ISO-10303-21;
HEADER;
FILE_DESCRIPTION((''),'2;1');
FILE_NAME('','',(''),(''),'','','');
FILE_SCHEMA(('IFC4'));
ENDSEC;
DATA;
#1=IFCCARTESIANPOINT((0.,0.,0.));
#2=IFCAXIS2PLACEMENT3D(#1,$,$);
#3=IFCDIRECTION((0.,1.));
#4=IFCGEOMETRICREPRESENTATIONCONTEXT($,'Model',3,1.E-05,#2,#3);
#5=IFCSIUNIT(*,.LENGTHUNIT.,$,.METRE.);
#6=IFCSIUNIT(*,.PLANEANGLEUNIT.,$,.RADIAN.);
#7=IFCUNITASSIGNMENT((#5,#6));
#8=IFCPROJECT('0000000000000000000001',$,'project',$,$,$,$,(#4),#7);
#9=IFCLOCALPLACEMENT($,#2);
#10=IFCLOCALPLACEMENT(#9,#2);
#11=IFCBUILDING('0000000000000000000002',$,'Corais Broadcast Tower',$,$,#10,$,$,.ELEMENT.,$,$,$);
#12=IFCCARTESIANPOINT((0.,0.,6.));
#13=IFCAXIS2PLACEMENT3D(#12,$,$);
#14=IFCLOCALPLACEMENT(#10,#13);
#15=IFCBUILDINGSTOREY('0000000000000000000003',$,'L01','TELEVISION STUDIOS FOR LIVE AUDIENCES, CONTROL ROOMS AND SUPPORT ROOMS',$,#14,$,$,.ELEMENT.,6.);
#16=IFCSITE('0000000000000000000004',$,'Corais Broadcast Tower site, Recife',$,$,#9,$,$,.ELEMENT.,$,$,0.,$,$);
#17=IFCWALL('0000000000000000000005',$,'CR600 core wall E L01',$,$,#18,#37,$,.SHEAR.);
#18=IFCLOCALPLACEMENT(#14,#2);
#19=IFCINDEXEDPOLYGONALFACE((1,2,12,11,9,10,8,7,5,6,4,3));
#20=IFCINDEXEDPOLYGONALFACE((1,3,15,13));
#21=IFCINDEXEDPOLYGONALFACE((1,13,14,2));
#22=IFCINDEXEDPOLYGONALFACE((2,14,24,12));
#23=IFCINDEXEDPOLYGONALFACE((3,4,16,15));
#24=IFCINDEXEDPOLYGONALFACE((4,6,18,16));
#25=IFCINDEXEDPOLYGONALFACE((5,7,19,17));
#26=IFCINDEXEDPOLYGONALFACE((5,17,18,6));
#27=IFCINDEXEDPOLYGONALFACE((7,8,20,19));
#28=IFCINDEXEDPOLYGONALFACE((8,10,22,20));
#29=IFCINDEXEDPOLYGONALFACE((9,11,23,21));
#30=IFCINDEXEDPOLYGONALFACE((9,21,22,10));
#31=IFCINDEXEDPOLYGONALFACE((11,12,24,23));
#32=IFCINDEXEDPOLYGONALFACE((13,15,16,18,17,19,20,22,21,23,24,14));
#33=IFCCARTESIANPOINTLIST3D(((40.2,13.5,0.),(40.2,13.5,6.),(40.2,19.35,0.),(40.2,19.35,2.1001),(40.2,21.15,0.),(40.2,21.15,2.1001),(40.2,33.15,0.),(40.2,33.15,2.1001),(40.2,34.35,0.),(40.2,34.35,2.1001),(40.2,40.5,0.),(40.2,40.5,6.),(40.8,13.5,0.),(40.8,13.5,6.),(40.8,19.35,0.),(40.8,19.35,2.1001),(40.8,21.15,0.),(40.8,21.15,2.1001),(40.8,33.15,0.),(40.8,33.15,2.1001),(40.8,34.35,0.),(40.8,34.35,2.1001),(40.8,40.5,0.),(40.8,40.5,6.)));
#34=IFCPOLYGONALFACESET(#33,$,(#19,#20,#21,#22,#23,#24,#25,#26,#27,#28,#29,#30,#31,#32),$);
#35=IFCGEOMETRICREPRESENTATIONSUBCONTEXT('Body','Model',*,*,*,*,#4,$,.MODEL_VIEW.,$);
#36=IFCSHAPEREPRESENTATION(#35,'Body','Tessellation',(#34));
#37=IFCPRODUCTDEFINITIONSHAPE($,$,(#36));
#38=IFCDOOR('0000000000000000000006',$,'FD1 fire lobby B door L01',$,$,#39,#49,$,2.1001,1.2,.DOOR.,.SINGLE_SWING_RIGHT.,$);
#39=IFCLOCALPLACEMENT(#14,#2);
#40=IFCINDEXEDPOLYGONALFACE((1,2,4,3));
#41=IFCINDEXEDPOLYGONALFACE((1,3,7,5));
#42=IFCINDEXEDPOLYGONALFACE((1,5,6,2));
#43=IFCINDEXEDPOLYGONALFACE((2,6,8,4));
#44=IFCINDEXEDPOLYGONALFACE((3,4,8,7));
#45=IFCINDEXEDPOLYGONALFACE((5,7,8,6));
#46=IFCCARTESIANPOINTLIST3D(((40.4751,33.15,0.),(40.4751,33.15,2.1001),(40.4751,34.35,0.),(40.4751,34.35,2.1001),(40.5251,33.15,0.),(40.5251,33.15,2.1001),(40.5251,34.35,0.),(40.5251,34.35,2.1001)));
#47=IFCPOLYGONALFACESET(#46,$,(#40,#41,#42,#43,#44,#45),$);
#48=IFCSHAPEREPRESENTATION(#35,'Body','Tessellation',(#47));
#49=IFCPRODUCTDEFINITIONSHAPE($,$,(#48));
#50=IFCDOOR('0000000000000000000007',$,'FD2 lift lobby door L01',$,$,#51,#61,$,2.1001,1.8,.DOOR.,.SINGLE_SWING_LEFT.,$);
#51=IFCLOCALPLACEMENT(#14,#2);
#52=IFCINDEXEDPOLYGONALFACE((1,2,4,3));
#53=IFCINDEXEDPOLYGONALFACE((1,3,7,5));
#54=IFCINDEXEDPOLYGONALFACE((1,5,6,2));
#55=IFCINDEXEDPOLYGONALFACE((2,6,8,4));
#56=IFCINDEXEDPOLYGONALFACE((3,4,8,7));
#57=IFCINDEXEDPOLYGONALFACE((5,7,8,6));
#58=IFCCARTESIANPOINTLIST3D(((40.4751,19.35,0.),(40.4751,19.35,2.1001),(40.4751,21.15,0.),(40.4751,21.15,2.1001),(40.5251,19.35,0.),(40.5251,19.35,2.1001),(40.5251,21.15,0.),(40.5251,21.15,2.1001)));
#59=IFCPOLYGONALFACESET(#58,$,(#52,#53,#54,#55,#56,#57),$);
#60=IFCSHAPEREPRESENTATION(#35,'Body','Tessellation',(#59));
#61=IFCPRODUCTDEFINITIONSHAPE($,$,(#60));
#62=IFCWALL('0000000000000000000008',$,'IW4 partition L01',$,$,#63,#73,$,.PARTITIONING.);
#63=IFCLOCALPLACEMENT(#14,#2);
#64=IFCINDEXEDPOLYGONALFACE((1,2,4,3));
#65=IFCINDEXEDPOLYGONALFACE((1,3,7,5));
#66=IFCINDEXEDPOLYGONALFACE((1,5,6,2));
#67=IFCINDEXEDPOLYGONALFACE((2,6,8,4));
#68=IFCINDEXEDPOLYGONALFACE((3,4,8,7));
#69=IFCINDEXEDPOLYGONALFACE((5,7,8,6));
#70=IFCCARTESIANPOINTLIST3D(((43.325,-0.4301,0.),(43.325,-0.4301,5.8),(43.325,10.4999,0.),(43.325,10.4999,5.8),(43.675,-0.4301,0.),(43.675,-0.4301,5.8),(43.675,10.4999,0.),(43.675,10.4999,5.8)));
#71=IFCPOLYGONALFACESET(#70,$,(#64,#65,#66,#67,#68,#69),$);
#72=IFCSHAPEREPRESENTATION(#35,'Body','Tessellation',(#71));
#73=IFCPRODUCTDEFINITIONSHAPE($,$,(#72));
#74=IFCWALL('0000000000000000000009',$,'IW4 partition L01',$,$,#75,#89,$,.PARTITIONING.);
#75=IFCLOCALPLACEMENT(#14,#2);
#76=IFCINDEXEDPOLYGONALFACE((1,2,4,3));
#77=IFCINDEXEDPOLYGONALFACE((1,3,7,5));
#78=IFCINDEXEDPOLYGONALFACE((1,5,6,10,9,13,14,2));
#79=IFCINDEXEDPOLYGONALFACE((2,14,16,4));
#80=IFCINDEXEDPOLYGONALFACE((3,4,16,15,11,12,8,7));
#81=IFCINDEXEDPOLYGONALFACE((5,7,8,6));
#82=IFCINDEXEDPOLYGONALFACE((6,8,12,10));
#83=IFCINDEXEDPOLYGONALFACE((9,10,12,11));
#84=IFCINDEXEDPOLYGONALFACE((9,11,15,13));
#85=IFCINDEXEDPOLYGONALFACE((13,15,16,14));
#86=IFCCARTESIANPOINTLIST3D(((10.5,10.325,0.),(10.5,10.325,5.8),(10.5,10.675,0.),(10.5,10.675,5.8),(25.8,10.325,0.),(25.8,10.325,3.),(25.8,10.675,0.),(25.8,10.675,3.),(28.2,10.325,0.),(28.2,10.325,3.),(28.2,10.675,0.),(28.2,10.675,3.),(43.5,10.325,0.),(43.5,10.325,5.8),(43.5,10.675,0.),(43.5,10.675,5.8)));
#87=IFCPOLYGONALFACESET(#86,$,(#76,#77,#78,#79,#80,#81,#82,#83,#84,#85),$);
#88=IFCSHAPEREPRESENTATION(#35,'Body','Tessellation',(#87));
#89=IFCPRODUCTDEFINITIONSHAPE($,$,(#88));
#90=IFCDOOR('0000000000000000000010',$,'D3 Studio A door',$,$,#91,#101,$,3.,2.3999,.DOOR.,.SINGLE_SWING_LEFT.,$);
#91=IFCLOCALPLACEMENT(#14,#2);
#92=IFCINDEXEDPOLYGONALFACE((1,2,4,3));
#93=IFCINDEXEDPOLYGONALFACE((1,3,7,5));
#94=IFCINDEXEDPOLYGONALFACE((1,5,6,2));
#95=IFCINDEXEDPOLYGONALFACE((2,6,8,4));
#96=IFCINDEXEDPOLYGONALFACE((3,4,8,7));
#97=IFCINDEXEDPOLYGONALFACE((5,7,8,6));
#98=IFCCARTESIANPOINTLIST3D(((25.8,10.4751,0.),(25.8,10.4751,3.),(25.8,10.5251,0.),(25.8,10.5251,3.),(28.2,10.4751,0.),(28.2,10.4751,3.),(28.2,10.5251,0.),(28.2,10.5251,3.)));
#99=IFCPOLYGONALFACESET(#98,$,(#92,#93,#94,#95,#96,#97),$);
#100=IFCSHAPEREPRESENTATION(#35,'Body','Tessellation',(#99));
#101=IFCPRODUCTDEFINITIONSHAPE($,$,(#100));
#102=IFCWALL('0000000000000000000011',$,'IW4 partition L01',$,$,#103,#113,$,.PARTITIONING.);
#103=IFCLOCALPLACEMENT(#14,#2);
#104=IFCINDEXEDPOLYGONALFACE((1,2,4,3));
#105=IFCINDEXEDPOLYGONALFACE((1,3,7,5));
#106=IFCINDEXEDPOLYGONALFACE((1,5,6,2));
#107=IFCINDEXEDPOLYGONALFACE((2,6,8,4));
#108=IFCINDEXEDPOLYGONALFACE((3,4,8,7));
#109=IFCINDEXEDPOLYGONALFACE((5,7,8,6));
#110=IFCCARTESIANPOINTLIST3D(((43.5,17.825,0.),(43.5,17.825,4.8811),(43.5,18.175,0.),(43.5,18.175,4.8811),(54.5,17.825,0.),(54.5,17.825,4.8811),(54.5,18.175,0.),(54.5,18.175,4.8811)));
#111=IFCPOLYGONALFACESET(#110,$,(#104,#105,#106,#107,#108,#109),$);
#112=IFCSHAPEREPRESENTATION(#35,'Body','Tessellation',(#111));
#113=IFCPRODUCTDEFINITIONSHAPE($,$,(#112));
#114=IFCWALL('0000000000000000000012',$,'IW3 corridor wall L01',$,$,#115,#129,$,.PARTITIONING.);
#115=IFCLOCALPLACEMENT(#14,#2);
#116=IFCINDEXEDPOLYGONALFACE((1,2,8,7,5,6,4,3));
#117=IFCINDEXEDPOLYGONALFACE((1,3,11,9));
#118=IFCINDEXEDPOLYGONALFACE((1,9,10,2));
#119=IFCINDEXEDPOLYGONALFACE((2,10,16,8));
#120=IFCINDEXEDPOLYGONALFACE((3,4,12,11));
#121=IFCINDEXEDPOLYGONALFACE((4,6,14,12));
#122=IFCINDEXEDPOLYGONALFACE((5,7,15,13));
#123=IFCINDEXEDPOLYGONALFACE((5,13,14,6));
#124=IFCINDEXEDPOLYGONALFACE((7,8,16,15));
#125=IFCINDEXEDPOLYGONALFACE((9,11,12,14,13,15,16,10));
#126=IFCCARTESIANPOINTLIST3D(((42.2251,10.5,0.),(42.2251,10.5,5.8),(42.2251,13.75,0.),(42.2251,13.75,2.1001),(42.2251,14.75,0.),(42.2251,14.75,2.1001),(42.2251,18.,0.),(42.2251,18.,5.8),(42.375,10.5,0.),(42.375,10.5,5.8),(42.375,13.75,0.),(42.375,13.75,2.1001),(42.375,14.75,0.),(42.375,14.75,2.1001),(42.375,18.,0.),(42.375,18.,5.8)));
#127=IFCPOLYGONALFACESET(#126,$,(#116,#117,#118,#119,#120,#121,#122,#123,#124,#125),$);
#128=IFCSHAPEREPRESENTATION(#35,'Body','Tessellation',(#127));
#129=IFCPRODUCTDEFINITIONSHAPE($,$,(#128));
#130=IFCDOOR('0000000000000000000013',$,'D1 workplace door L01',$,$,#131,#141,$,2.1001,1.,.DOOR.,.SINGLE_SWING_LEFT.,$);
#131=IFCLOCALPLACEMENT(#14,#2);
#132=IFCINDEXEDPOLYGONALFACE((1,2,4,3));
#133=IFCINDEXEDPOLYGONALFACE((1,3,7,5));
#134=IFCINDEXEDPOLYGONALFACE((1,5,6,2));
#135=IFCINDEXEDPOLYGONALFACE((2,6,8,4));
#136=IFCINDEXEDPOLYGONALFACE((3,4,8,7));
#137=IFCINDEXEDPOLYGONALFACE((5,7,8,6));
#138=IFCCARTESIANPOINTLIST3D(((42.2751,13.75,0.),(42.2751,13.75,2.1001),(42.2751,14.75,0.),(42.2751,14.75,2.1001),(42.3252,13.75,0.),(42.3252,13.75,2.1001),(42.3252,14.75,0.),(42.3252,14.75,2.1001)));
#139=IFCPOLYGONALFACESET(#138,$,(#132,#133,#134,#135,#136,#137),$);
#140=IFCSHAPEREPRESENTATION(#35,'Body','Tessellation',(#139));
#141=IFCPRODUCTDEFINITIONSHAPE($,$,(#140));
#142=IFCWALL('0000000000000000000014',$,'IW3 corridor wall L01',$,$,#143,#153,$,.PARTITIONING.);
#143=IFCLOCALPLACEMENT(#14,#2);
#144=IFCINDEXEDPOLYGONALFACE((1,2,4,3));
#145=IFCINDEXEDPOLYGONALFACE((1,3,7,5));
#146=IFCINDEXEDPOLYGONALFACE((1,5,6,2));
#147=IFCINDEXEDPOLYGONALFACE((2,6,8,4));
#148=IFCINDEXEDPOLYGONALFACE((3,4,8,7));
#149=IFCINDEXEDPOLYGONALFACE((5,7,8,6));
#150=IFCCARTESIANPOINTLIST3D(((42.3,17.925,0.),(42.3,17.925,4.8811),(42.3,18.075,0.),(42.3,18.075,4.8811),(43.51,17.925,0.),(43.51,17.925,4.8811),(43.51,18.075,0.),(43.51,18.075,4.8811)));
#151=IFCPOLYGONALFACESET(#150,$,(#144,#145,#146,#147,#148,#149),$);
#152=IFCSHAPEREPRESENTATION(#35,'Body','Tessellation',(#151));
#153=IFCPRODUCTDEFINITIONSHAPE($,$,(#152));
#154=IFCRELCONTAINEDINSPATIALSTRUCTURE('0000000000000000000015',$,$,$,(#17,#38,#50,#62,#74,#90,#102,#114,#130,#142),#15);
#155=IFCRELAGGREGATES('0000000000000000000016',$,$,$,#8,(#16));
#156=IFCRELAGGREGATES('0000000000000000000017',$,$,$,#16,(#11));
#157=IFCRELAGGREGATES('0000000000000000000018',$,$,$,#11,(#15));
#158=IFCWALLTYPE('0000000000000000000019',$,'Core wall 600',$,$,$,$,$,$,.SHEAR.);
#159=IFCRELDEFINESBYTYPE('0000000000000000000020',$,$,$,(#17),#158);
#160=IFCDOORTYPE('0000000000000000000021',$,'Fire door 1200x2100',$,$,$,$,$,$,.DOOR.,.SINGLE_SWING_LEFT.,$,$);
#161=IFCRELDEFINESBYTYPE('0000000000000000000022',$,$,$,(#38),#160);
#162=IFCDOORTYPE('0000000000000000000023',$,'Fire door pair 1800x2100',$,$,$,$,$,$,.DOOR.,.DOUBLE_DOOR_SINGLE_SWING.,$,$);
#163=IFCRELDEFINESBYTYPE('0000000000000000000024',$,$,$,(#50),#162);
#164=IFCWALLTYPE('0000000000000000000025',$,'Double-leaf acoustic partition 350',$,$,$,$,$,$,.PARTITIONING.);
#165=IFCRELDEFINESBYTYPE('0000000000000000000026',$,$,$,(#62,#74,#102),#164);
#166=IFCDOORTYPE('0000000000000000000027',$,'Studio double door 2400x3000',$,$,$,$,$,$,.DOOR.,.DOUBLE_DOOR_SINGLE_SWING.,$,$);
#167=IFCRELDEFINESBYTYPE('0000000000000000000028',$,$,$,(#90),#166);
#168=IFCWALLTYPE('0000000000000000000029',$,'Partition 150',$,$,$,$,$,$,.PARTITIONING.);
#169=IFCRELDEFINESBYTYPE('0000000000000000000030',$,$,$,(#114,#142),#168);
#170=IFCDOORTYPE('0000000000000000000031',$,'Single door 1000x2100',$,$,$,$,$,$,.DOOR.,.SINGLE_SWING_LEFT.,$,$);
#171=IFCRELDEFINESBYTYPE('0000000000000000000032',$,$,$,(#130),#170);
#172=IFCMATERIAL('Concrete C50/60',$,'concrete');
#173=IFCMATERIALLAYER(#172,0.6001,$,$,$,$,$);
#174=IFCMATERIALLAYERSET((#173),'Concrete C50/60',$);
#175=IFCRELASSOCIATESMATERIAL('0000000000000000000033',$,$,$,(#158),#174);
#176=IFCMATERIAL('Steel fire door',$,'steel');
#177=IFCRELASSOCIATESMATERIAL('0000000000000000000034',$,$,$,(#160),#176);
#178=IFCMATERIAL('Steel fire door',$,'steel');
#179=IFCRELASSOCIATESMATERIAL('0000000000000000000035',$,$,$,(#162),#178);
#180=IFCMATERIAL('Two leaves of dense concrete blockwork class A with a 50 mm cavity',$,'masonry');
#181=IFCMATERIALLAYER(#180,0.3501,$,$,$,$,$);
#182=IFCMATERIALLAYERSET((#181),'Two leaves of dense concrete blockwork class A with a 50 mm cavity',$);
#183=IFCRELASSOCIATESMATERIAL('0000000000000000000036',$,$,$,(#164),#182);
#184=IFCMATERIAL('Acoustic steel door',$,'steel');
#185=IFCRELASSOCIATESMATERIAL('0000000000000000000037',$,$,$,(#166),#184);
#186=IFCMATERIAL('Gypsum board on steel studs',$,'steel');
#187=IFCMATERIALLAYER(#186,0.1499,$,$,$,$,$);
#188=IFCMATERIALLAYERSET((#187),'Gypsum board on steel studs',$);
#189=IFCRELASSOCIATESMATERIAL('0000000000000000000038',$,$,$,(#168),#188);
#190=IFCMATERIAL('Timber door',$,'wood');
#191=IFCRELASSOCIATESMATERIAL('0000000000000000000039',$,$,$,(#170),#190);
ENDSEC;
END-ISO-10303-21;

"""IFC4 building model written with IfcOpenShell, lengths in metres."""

from ifc_helpers import new_model, si_unit, direction, frame, frame_2d, origin, place, context, subcontext, project, spatial, rectangle, extrude, material, layer, layer_set, type_object, element, fill, save


model = new_model("IFC4")

# Units and contexts
model_context = context("Model", 3, precision=1e-05, world=origin(), true_north=direction((0.0, 1.0)))
body_context = subcontext(model_context, "Body", "Model", "MODEL_VIEW")
ifc_project = project(units=[si_unit("LENGTHUNIT", "METRE"), si_unit("PLANEANGLEUNIT", "RADIAN")], contexts=[model_context])

# Site, building, storey
site_placement = place(None, origin())
site = spatial("IfcSite", under=ifc_project, at=site_placement, Name="Corais Broadcast Tower site, Recife", CompositionType="ELEMENT", RefElevation=0.0)
building_placement = place(site_placement, origin())
building = spatial("IfcBuilding", under=site, at=building_placement, Name="Corais Broadcast Tower", CompositionType="ELEMENT")
storey_placement = place(building_placement, frame((0.0, 0.0, 6.0)))
storey = spatial("IfcBuildingStorey", under=building, at=storey_placement, Name="L01", Description="TELEVISION STUDIOS FOR LIVE AUDIENCES, CONTROL ROOMS AND SUPPORT ROOMS", CompositionType="ELEMENT", Elevation=6.0)

# Wall, openings, doors
ifc_material_1 = material(Name="Concrete C50/60", Category="concrete")
ifc_layer_1 = layer(ifc_material_1, 0.6001)
ifc_layer_set_1 = layer_set([ifc_layer_1], Name="Concrete C50/60")
wall_type_1 = type_object("IfcWallType", Name="Core wall 600", PredefinedType="SHEAR", material=ifc_layer_set_1)
wall_1_placement = place(storey_placement, frame((40.5, 13.5, 0.0), z_axis=(0.0, 0.0, 1.0), x_axis=(0.0, 1.0, 0.0)))
wall_1 = element("IfcWall", 1, at=wall_1_placement, inside=storey, type_object=wall_type_1, Name="CR600 core wall E L01", PredefinedType="SHEAR", context=body_context, shape_type="SweptSolid", body=[
    extrude(rectangle(XDim=27.0, YDim=0.6001, at=frame_2d((13.5, 0.0))), origin(), (0.0, 0.0, 1.0), 6.0),
])
opening_1_placement = place(wall_1_placement, frame((5.8501, 0.0, 0.0)))
opening_1 = element("IfcOpeningElement", 2, at=opening_1_placement, cuts=wall_1, PredefinedType="OPENING", context=body_context, shape_type="SweptSolid", body=[
    extrude(rectangle(XDim=1.8, YDim=2.1001, at=frame_2d((0.8999, 1.05))), frame((0.0, 0.3101, 0.0), z_axis=(0.0, -1.0, 0.0), x_axis=(1.0, 0.0, 0.0)), (0.0, 0.0, 1.0), 0.6201),
])
opening_2_placement = place(wall_1_placement, frame((19.6499, 0.0, 0.0)))
opening_2 = element("IfcOpeningElement", 3, at=opening_2_placement, cuts=wall_1, PredefinedType="OPENING", context=body_context, shape_type="SweptSolid", body=[
    extrude(rectangle(XDim=1.2, YDim=2.1001, at=frame_2d((0.6001, 1.05))), frame((0.0, 0.3101, 0.0), z_axis=(0.0, -1.0, 0.0), x_axis=(1.0, 0.0, 0.0)), (0.0, 0.0, 1.0), 0.6201),
])
ifc_material_2 = material(Name="Steel fire door", Category="steel")
door_type_1 = type_object("IfcDoorType", Name="Fire door 1200x2100", OperationType="SINGLE_SWING_LEFT", PredefinedType="DOOR", material=ifc_material_2)
door_1_placement = place(opening_2_placement, origin())
door_1 = element("IfcDoor", 4, at=door_1_placement, inside=storey, type_object=door_type_1, Name="FD1 fire lobby B door L01", OperationType="SINGLE_SWING_RIGHT", OverallHeight=2.1001, OverallWidth=1.2, PredefinedType="DOOR", context=body_context, shape_type="SweptSolid", body=[
    extrude(rectangle(XDim=1.2, YDim=2.1001, at=frame_2d((0.6001, 1.05))), frame((0.0, 0.0249, 0.0), z_axis=(0.0, -1.0, 0.0), x_axis=(1.0, 0.0, 0.0)), (0.0, 0.0, 1.0), 0.05),
])
fill(opening_2, door_1)
ifc_material_3 = material(Name="Steel fire door", Category="steel")
door_type_2 = type_object("IfcDoorType", Name="Fire door pair 1800x2100", OperationType="DOUBLE_DOOR_SINGLE_SWING", PredefinedType="DOOR", material=ifc_material_3)
door_2_placement = place(opening_1_placement, origin())
door_2 = element("IfcDoor", 5, at=door_2_placement, inside=storey, type_object=door_type_2, Name="FD2 lift lobby door L01", OperationType="SINGLE_SWING_LEFT", OverallHeight=2.1001, OverallWidth=1.8, PredefinedType="DOOR", context=body_context, shape_type="SweptSolid", body=[
    extrude(rectangle(XDim=1.8, YDim=2.1001, at=frame_2d((0.8999, 1.05))), frame((0.0, 0.0249, 0.0), z_axis=(0.0, -1.0, 0.0), x_axis=(1.0, 0.0, 0.0)), (0.0, 0.0, 1.0), 0.05),
])
fill(opening_1, door_2)

# Wall
ifc_material_4 = material(Name="Two leaves of dense concrete blockwork class A with a 50 mm cavity", Category="masonry")
ifc_layer_2 = layer(ifc_material_4, 0.3501)
ifc_layer_set_2 = layer_set([ifc_layer_2], Name="Two leaves of dense concrete blockwork class A with a 50 mm cavity")
wall_type_2 = type_object("IfcWallType", Name="Double-leaf acoustic partition 350", PredefinedType="PARTITIONING", material=ifc_layer_set_2)
wall_2_placement = place(storey_placement, frame((43.5, -0.4299, 0.0), z_axis=(0.0, 0.0, 1.0), x_axis=(0.0, 1.0, 0.0)))
element("IfcWall", 6, at=wall_2_placement, inside=storey, type_object=wall_type_2, Name="IW4 partition L01", PredefinedType="PARTITIONING", context=body_context, shape_type="SweptSolid", body=[
    extrude(rectangle(XDim=10.9299, YDim=0.3501, at=frame_2d((5.4648, 0.0))), origin(), (0.0, 0.0, 1.0), 5.8),
])

# Wall, opening, door
wall_3_placement = place(storey_placement, frame((43.5, 10.5, 0.0), z_axis=(0.0, 0.0, 1.0), x_axis=(-1.0, 0.0, 0.0)))
wall_3 = element("IfcWall", 7, at=wall_3_placement, inside=storey, type_object=wall_type_2, Name="IW4 partition L01", PredefinedType="PARTITIONING", context=body_context, shape_type="SweptSolid", body=[
    extrude(rectangle(XDim=33.0, YDim=0.3501, at=frame_2d((16.5, 0.0))), origin(), (0.0, 0.0, 1.0), 5.8),
])
opening_3_placement = place(wall_3_placement, frame((15.3, 0.0, 0.0)))
opening_3 = element("IfcOpeningElement", 8, at=opening_3_placement, cuts=wall_3, PredefinedType="OPENING", context=body_context, shape_type="SweptSolid", body=[
    extrude(rectangle(XDim=2.3999, YDim=3.0, at=frame_2d((1.2, 1.5))), frame((0.0, 0.1851, 0.0), z_axis=(0.0, -1.0, 0.0), x_axis=(1.0, 0.0, 0.0)), (0.0, 0.0, 1.0), 0.3701),
])
ifc_material_5 = material(Name="Acoustic steel door", Category="steel")
door_type_3 = type_object("IfcDoorType", Name="Studio double door 2400x3000", OperationType="DOUBLE_DOOR_SINGLE_SWING", PredefinedType="DOOR", material=ifc_material_5)
door_3_placement = place(opening_3_placement, origin())
door_3 = element("IfcDoor", 9, at=door_3_placement, inside=storey, type_object=door_type_3, Name="D3 Studio A door", OperationType="SINGLE_SWING_LEFT", OverallHeight=3.0, OverallWidth=2.3999, PredefinedType="DOOR", context=body_context, shape_type="SweptSolid", body=[
    extrude(rectangle(XDim=2.3999, YDim=3.0, at=frame_2d((1.2, 1.5))), frame((0.0, 0.0249, 0.0), z_axis=(0.0, -1.0, 0.0), x_axis=(1.0, 0.0, 0.0)), (0.0, 0.0, 1.0), 0.05),
])
fill(opening_3, door_3)

# Wall
wall_4_placement = place(storey_placement, frame((43.5, 18.0, 0.0), z_axis=(0.0, 0.0, 1.0), x_axis=(1.0, 0.0, 0.0)))
element("IfcWall", 10, at=wall_4_placement, inside=storey, type_object=wall_type_2, Name="IW4 partition L01", PredefinedType="PARTITIONING", context=body_context, shape_type="SweptSolid", body=[
    extrude(rectangle(XDim=11.0, YDim=0.3501, at=frame_2d((5.5, 0.0))), origin(), (0.0, 0.0, 1.0), 4.8811),
])

# Wall, opening, door
ifc_material_6 = material(Name="Gypsum board on steel studs", Category="steel")
ifc_layer_3 = layer(ifc_material_6, 0.1499)
ifc_layer_set_3 = layer_set([ifc_layer_3], Name="Gypsum board on steel studs")
wall_type_3 = type_object("IfcWallType", Name="Partition 150", PredefinedType="PARTITIONING", material=ifc_layer_set_3)
wall_5_placement = place(storey_placement, frame((42.3, 10.5, 0.0), z_axis=(0.0, 0.0, 1.0), x_axis=(0.0, 1.0, 0.0)))
wall_5 = element("IfcWall", 11, at=wall_5_placement, inside=storey, type_object=wall_type_3, Name="IW3 corridor wall L01", PredefinedType="PARTITIONING", context=body_context, shape_type="SweptSolid", body=[
    extrude(rectangle(XDim=7.5, YDim=0.1499, at=frame_2d((3.75, 0.0))), origin(), (0.0, 0.0, 1.0), 5.8),
])
opening_4_placement = place(wall_5_placement, frame((3.25, 0.0, 0.0)))
opening_4 = element("IfcOpeningElement", 12, at=opening_4_placement, cuts=wall_5, PredefinedType="OPENING", context=body_context, shape_type="SweptSolid", body=[
    extrude(rectangle(XDim=1.0, YDim=2.1001, at=frame_2d((0.5, 1.05))), frame((0.0, 0.085, 0.0), z_axis=(0.0, -1.0, 0.0), x_axis=(1.0, 0.0, 0.0)), (0.0, 0.0, 1.0), 0.1699),
])
ifc_material_7 = material(Name="Timber door", Category="wood")
door_type_4 = type_object("IfcDoorType", Name="Single door 1000x2100", OperationType="SINGLE_SWING_LEFT", PredefinedType="DOOR", material=ifc_material_7)
door_4_placement = place(opening_4_placement, origin())
door_4 = element("IfcDoor", 13, at=door_4_placement, inside=storey, type_object=door_type_4, Name="D1 workplace door L01", OperationType="SINGLE_SWING_LEFT", OverallHeight=2.1001, OverallWidth=1.0, PredefinedType="DOOR", context=body_context, shape_type="SweptSolid", body=[
    extrude(rectangle(XDim=1.0, YDim=2.1001, at=frame_2d((0.5, 1.05))), frame((0.0, 0.0249, 0.0), z_axis=(0.0, -1.0, 0.0), x_axis=(1.0, 0.0, 0.0)), (0.0, 0.0, 1.0), 0.05),
])
fill(opening_4, door_4)

# Wall
wall_6_placement = place(storey_placement, frame((42.3, 18.0, 0.0), z_axis=(0.0, 0.0, 1.0), x_axis=(1.0, 0.0, 0.0)))
element("IfcWall", 14, at=wall_6_placement, inside=storey, type_object=wall_type_3, Name="IW3 corridor wall L01", PredefinedType="PARTITIONING", context=body_context, shape_type="SweptSolid", body=[
    extrude(rectangle(XDim=1.21, YDim=0.1499, at=frame_2d((0.605, 0.0))), origin(), (0.0, 0.0, 1.0), 4.8811),
])

save(model, "model.ifc")
